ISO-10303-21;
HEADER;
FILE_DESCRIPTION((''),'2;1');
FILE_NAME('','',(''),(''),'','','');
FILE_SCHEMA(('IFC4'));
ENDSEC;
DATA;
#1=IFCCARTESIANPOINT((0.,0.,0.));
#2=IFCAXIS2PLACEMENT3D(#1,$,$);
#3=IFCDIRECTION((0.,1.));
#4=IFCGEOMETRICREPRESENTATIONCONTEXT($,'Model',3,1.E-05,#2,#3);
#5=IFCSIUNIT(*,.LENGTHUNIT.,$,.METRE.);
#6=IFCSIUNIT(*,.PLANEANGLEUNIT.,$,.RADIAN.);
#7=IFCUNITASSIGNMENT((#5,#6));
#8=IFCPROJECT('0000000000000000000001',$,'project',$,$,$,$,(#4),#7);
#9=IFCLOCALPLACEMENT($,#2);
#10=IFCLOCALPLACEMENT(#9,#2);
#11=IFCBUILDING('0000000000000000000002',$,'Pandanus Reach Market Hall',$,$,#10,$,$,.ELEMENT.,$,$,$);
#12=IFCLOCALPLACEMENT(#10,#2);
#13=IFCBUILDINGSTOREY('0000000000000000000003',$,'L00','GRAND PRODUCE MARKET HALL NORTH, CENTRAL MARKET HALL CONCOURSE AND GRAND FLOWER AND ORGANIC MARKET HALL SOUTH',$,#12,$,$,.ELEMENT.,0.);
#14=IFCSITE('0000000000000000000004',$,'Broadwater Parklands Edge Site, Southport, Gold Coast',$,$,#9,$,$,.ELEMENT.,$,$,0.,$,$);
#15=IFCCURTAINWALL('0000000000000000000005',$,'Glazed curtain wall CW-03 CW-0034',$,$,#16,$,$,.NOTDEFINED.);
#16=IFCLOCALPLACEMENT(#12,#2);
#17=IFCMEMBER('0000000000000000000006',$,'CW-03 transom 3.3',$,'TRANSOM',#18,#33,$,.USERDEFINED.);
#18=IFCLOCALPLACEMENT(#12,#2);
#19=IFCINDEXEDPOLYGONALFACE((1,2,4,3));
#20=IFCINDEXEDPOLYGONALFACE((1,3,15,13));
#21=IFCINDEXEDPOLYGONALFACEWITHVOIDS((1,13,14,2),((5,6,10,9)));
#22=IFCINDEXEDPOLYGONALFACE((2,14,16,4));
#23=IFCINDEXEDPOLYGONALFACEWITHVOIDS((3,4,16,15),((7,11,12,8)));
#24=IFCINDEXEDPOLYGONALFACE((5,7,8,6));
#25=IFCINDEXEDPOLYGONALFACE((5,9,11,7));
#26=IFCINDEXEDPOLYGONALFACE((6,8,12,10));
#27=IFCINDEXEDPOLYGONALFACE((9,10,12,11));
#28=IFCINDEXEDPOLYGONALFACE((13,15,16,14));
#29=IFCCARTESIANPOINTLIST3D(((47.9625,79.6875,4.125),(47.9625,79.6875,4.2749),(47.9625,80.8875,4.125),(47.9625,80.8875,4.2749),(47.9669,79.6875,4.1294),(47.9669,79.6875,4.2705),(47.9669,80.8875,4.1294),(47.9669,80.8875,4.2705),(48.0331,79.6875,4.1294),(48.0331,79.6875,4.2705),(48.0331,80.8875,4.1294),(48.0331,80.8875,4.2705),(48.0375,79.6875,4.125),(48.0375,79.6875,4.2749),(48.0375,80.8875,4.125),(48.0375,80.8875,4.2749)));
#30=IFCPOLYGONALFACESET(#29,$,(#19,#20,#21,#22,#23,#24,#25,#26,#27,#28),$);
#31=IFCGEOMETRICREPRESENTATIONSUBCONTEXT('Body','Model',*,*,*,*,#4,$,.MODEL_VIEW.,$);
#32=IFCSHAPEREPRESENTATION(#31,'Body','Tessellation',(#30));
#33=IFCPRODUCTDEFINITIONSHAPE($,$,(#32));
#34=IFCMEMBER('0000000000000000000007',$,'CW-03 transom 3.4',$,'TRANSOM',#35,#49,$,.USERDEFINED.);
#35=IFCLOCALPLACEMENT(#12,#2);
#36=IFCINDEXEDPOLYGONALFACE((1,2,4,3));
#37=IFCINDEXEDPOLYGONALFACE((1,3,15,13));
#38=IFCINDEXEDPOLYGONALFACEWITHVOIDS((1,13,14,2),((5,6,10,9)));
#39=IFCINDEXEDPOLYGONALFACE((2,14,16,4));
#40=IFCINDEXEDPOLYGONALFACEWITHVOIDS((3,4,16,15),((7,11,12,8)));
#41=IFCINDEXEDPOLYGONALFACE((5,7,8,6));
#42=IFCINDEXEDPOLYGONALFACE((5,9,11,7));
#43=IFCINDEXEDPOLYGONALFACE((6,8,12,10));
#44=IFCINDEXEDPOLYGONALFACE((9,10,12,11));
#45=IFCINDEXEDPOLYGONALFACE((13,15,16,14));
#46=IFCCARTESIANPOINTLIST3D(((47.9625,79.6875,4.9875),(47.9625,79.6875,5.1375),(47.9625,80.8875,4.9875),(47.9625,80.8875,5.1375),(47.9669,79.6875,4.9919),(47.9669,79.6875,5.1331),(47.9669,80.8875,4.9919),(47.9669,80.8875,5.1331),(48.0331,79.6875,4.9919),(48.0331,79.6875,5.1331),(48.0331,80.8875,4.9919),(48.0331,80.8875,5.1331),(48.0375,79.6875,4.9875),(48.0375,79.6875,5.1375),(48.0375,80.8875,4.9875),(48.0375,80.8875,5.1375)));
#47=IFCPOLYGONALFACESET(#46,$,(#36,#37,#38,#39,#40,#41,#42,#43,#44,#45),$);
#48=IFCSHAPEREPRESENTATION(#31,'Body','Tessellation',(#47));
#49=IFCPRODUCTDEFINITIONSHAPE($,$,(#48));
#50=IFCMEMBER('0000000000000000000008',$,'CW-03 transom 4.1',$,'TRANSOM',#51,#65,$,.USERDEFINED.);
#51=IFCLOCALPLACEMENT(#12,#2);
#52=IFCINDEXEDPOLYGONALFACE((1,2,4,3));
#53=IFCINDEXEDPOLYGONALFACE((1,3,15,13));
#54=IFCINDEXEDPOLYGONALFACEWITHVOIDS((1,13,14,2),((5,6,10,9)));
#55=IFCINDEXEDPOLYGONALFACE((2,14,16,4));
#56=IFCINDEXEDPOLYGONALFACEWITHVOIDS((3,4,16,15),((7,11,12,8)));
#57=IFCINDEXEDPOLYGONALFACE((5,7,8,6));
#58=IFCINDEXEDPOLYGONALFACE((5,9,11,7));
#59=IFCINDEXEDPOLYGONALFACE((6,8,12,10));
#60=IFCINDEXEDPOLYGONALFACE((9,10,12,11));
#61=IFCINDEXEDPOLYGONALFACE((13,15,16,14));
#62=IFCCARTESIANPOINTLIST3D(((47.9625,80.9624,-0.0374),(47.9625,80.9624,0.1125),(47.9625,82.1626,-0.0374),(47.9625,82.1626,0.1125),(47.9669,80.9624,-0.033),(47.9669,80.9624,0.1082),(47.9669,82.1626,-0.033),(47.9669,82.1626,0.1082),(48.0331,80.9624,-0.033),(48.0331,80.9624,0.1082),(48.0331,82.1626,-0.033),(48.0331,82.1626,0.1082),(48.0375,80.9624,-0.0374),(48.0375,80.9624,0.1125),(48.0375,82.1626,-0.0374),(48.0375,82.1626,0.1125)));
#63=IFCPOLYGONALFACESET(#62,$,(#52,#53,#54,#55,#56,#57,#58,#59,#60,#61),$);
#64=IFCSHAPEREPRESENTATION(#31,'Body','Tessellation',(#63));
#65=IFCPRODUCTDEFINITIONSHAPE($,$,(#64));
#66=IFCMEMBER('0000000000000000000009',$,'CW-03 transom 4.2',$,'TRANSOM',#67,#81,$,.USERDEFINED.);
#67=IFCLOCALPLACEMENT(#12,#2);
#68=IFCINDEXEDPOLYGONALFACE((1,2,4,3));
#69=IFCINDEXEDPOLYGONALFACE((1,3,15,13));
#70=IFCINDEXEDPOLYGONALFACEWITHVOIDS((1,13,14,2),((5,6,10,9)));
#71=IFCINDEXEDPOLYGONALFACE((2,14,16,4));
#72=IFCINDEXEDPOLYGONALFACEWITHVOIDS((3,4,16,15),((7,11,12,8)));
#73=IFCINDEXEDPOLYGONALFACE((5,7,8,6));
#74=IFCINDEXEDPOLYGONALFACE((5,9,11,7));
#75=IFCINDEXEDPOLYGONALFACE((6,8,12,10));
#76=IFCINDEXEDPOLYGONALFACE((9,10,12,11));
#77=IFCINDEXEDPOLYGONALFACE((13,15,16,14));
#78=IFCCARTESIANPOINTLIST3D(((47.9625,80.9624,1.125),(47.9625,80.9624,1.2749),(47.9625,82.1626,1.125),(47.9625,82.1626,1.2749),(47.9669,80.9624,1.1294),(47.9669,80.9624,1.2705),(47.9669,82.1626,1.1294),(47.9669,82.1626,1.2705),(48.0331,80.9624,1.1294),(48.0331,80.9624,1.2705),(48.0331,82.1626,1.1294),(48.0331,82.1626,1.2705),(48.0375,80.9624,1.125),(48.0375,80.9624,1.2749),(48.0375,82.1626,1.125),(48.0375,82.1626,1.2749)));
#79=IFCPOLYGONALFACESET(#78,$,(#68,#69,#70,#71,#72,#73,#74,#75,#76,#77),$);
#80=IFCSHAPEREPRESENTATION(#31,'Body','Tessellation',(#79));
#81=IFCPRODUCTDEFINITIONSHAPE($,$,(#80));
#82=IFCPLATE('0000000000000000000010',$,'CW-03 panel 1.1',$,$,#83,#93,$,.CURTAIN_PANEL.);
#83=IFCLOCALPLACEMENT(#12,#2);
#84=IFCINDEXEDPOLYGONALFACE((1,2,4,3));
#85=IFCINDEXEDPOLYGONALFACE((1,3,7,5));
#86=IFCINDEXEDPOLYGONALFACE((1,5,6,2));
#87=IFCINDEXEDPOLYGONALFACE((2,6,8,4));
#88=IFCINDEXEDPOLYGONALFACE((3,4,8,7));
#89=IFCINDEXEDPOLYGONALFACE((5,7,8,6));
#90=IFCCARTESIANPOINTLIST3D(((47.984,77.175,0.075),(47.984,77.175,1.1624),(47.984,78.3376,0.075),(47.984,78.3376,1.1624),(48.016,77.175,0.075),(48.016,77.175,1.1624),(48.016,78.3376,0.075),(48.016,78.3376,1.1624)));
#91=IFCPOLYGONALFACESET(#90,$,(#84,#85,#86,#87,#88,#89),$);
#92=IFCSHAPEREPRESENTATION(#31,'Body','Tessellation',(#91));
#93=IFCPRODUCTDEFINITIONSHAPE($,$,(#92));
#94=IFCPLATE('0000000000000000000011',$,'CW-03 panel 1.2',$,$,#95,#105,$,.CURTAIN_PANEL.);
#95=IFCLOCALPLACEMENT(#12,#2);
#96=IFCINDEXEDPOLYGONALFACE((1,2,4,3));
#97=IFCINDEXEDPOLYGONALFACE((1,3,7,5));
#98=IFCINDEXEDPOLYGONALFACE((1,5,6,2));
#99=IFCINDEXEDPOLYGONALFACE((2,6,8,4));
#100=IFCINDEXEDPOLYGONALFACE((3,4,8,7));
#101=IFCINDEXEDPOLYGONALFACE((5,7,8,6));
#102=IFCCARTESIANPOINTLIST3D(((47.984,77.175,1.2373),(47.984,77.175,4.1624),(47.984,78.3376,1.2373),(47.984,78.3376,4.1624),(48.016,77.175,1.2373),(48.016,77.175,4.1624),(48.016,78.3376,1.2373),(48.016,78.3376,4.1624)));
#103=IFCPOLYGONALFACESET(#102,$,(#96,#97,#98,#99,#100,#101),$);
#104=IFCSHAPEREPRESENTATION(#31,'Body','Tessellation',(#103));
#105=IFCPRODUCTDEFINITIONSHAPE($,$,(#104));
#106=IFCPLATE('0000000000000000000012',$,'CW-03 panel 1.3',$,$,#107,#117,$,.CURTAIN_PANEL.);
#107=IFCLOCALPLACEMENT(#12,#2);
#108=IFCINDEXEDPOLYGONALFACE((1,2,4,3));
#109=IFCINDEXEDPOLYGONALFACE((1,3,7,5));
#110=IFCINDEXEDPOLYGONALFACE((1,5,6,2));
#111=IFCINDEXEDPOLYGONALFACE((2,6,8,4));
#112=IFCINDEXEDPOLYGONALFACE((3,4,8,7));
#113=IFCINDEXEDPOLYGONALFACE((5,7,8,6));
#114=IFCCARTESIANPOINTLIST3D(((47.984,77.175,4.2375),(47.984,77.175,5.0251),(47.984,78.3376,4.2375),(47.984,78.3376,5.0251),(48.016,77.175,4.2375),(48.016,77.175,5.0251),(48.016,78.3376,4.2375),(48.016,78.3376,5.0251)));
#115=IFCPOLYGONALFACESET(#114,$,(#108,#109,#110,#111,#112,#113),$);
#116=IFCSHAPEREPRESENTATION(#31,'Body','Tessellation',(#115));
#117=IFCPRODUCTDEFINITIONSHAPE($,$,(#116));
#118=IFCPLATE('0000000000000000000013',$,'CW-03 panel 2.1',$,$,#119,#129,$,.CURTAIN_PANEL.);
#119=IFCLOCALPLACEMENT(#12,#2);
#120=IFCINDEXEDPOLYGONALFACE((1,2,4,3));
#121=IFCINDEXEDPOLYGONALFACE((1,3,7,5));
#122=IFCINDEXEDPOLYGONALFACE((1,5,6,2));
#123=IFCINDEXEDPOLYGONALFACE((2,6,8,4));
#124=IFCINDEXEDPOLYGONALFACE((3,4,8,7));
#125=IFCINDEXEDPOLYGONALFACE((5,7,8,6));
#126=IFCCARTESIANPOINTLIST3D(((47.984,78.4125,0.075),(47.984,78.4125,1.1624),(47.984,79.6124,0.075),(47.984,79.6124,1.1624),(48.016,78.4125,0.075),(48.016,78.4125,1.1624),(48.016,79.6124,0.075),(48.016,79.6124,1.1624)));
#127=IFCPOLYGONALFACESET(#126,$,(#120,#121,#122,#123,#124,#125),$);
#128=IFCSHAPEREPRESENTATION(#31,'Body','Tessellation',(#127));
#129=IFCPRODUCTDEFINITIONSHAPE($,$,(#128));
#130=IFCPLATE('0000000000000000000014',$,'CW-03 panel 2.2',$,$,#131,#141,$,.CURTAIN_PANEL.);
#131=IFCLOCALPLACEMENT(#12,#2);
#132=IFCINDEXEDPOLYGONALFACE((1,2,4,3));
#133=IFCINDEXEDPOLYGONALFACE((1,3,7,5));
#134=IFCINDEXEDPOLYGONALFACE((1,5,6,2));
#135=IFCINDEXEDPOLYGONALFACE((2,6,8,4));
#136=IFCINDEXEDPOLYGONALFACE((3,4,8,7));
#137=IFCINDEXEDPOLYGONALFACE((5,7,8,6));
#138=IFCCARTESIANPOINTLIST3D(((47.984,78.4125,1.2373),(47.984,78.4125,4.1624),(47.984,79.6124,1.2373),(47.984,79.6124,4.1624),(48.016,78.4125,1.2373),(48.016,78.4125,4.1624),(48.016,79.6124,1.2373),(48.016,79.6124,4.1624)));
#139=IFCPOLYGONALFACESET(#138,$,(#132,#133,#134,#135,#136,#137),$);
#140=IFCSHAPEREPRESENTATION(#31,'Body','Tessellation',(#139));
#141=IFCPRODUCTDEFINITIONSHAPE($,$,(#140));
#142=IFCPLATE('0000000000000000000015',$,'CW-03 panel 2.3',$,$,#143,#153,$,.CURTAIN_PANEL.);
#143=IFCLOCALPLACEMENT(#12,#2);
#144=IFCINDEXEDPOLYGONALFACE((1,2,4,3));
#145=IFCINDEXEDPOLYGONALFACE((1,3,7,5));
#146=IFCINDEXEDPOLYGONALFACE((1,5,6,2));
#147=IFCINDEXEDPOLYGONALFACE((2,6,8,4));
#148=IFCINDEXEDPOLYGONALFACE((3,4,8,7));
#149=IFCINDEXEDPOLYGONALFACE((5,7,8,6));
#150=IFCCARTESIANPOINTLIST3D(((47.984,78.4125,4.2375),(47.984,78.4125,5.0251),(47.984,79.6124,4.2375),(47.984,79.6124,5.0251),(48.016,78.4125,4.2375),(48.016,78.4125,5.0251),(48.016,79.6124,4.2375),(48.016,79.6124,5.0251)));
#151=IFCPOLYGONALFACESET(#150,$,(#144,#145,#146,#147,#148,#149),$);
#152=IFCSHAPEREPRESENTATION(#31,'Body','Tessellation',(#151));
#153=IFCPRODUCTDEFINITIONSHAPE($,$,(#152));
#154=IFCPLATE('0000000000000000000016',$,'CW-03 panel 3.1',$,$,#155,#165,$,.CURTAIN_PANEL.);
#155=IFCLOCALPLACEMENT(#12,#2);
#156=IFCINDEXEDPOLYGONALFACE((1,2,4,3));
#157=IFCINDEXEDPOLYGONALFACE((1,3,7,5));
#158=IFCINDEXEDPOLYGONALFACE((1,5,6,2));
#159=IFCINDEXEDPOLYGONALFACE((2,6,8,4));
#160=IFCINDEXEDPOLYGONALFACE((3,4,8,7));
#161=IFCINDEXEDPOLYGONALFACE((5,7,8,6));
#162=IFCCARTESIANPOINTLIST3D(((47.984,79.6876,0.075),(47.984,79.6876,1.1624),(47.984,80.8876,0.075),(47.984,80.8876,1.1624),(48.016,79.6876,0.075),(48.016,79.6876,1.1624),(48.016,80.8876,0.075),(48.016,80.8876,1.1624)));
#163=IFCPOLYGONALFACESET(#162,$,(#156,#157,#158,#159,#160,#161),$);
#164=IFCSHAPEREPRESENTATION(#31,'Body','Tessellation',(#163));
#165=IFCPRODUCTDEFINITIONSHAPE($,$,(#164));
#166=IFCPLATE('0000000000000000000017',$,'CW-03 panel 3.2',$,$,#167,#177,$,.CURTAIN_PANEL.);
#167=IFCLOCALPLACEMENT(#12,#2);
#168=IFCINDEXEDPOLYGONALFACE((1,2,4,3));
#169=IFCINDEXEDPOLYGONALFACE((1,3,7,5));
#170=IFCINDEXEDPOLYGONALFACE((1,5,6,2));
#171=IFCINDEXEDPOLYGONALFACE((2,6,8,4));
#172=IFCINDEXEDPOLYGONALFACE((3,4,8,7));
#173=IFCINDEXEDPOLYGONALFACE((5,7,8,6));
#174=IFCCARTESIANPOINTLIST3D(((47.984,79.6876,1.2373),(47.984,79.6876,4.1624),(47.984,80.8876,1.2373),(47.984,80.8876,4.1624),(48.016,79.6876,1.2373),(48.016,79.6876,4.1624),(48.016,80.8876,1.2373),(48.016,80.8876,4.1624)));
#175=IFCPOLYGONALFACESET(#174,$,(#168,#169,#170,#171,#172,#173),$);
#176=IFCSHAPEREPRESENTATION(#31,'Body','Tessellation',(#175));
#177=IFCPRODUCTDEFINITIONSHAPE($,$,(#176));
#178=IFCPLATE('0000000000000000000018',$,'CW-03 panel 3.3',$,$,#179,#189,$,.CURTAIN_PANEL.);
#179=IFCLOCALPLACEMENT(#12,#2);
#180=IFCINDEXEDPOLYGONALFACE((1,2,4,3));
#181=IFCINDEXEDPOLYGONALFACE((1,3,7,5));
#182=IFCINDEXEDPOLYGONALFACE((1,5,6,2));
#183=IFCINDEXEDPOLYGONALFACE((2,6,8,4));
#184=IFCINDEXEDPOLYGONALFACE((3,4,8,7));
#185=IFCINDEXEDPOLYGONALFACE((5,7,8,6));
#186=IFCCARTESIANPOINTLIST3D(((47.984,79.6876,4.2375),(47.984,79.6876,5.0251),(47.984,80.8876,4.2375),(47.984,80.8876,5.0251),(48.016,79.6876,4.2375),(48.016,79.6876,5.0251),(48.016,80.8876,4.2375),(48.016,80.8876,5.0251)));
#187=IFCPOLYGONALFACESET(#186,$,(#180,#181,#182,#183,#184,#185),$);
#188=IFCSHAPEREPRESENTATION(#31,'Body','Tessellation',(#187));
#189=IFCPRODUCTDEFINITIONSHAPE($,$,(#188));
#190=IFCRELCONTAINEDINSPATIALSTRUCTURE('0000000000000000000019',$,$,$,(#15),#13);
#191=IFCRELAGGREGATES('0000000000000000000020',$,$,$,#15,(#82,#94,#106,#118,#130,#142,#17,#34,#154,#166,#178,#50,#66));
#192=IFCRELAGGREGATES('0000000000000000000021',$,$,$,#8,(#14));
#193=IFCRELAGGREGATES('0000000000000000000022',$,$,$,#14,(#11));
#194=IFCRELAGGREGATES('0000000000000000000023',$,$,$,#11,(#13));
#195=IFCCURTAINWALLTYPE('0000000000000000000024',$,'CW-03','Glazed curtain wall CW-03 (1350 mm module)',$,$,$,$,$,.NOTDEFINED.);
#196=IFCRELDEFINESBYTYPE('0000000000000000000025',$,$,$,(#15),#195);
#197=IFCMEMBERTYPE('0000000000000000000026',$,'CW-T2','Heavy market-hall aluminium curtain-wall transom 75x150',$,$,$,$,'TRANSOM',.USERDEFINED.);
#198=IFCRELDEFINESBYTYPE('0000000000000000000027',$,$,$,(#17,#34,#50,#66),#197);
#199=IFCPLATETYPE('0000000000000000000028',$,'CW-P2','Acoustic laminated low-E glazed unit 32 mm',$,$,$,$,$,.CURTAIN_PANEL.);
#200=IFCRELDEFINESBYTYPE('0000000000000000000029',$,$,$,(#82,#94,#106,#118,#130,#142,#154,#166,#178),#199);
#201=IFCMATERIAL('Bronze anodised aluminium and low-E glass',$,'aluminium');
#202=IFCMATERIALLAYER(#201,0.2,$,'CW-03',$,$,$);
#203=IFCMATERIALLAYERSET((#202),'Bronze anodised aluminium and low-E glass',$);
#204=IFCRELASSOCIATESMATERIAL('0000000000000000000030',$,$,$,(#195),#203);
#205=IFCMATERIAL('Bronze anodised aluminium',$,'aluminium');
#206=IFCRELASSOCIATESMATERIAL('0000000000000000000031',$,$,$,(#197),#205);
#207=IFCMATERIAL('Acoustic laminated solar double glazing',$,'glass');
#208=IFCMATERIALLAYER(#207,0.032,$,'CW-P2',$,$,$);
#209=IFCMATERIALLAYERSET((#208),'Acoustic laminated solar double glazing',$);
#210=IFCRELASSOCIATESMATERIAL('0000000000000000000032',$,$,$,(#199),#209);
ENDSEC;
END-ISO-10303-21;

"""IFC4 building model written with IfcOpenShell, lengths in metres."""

from ifc_helpers import new_model, si_unit, direction, frame, origin, origin_2d, place, context, subcontext, project, spatial, rectangle, hollow_rectangle, extrude, material, layer, layer_set, material_profile, profile_set, type_object, element, aggregate, save


model = new_model("IFC4")

# Units and contexts
model_context = context("Model", 3, precision=1e-05, world=origin(), true_north=direction((0.0, 1.0)))
body_context = subcontext(model_context, "Body", "Model", "MODEL_VIEW")
ifc_project = project(units=[si_unit("LENGTHUNIT", "METRE"), si_unit("PLANEANGLEUNIT", "RADIAN")], contexts=[model_context])

# Site, building, storey
site_placement = place(None, origin())
site = spatial("IfcSite", under=ifc_project, at=site_placement, Name="Broadwater Parklands Edge Site, Southport, Gold Coast", CompositionType="ELEMENT", RefElevation=0.0)
building_placement = place(site_placement, origin())
building = spatial("IfcBuilding", under=site, at=building_placement, Name="Pandanus Reach Market Hall", CompositionType="ELEMENT")
storey_placement = place(building_placement, origin())
storey = spatial("IfcBuildingStorey", under=building, at=storey_placement, Name="L00", Description="GRAND PRODUCE MARKET HALL NORTH, CENTRAL MARKET HALL CONCOURSE AND GRAND FLOWER AND ORGANIC MARKET HALL SOUTH", CompositionType="ELEMENT", Elevation=0.0)

# Curtain wall, members, plates
ifc_material_1 = material(Name="Bronze anodised aluminium and low-E glass", Category="aluminium")
ifc_layer_1 = layer(ifc_material_1, 0.2, Name="CW-03")
ifc_layer_set_1 = layer_set([ifc_layer_1], Name="Bronze anodised aluminium and low-E glass")
curtain_wall_type = type_object("IfcCurtainWallType", Name="CW-03", Description="Glazed curtain wall CW-03 (1350 mm module)", PredefinedType="NOTDEFINED", material=ifc_layer_set_1)
curtain_wall_placement = place(storey_placement, origin())
curtain_wall = element("IfcCurtainWall", 1, at=curtain_wall_placement, inside=storey, type_object=curtain_wall_type, Name="Glazed curtain wall CW-03 CW-0034", PredefinedType="NOTDEFINED")
ifc_material_2 = material(Name="Bronze anodised aluminium", Category="aluminium")
ifc_material_profile_1 = material_profile(ifc_material_2, hollow_rectangle(XDim=0.075, YDim=0.1499, WallThickness=0.0044, at=origin_2d()), Name="ALU75x150", Category="LoadBearing")
ifc_profile_set_1 = profile_set([ifc_material_profile_1], Name="Bronze anodised aluminium")
member_type_1 = type_object("IfcMemberType", Name="CW-T2", Description="Heavy market-hall aluminium curtain-wall transom 75x150", ElementType="TRANSOM", PredefinedType="USERDEFINED", material=ifc_profile_set_1)
member_1_placement = place(storey_placement, frame((48.0, 79.6875, 4.2), z_axis=(0.0, 1.0, 0.0), x_axis=(-1.0, 0.0, 0.0)))
member_1 = element("IfcMember", 2, at=member_1_placement, type_object=member_type_1, Name="CW-03 transom 3.3", ObjectType="TRANSOM", PredefinedType="USERDEFINED", context=body_context, shape_type="SweptSolid", body=[
    extrude(hollow_rectangle(XDim=0.075, YDim=0.1499, WallThickness=0.0044, at=origin_2d()), origin(), (0.0, 0.0, 1.0), 1.2),
])
member_2_placement = place(storey_placement, frame((48.0, 79.6875, 5.0625), z_axis=(0.0, 1.0, 0.0), x_axis=(-1.0, 0.0, 0.0)))
member_2 = element("IfcMember", 3, at=member_2_placement, type_object=member_type_1, Name="CW-03 transom 3.4", ObjectType="TRANSOM", PredefinedType="USERDEFINED", context=body_context, shape_type="SweptSolid", body=[
    extrude(hollow_rectangle(XDim=0.075, YDim=0.1499, WallThickness=0.0044, at=origin_2d()), origin(), (0.0, 0.0, 1.0), 1.2),
])
member_3_placement = place(storey_placement, frame((48.0, 80.9624, 0.0376), z_axis=(0.0, 1.0, 0.0), x_axis=(-1.0, 0.0, 0.0)))
member_3 = element("IfcMember", 4, at=member_3_placement, type_object=member_type_1, Name="CW-03 transom 4.1", ObjectType="TRANSOM", PredefinedType="USERDEFINED", context=body_context, shape_type="SweptSolid", body=[
    extrude(hollow_rectangle(XDim=0.075, YDim=0.1499, WallThickness=0.0044, at=origin_2d()), origin(), (0.0, 0.0, 1.0), 1.2002),
])
member_4_placement = place(storey_placement, frame((48.0, 80.9624, 1.2), z_axis=(0.0, 1.0, 0.0), x_axis=(-1.0, 0.0, 0.0)))
member_4 = element("IfcMember", 5, at=member_4_placement, type_object=member_type_1, Name="CW-03 transom 4.2", ObjectType="TRANSOM", PredefinedType="USERDEFINED", context=body_context, shape_type="SweptSolid", body=[
    extrude(hollow_rectangle(XDim=0.075, YDim=0.1499, WallThickness=0.0044, at=origin_2d()), origin(), (0.0, 0.0, 1.0), 1.2002),
])
ifc_material_3 = material(Name="Acoustic laminated solar double glazing", Category="glass")
ifc_layer_2 = layer(ifc_material_3, 0.032, Name="CW-P2")
ifc_layer_set_2 = layer_set([ifc_layer_2], Name="Acoustic laminated solar double glazing")
plate_type = type_object("IfcPlateType", Name="CW-P2", Description="Acoustic laminated low-E glazed unit 32 mm", PredefinedType="CURTAIN_PANEL", material=ifc_layer_set_2)
plate_1_placement = place(storey_placement, frame((48.0, 77.7563, 0.075), z_axis=(0.0, 0.0, 1.0), x_axis=(0.0, 1.0, 0.0)))
plate_1 = element("IfcPlate", 6, at=plate_1_placement, type_object=plate_type, Name="CW-03 panel 1.1", PredefinedType="CURTAIN_PANEL", context=body_context, shape_type="SweptSolid", body=[
    extrude(rectangle(XDim=1.1626, YDim=0.032, at=origin_2d()), origin(), (0.0, 0.0, 1.0), 1.0874),
])
plate_2_placement = place(storey_placement, frame((48.0, 77.7563, 1.2373), z_axis=(0.0, 0.0, 1.0), x_axis=(0.0, 1.0, 0.0)))
plate_2 = element("IfcPlate", 7, at=plate_2_placement, type_object=plate_type, Name="CW-03 panel 1.2", PredefinedType="CURTAIN_PANEL", context=body_context, shape_type="SweptSolid", body=[
    extrude(rectangle(XDim=1.1626, YDim=0.032, at=origin_2d()), origin(), (0.0, 0.0, 1.0), 2.925),
])
plate_3_placement = place(storey_placement, frame((48.0, 77.7563, 4.2375), z_axis=(0.0, 0.0, 1.0), x_axis=(0.0, 1.0, 0.0)))
plate_3 = element("IfcPlate", 8, at=plate_3_placement, type_object=plate_type, Name="CW-03 panel 1.3", PredefinedType="CURTAIN_PANEL", context=body_context, shape_type="SweptSolid", body=[
    extrude(rectangle(XDim=1.1626, YDim=0.032, at=origin_2d()), origin(), (0.0, 0.0, 1.0), 0.7876),
])
plate_4_placement = place(storey_placement, frame((48.0, 79.0125, 0.075), z_axis=(0.0, 0.0, 1.0), x_axis=(0.0, 1.0, 0.0)))
plate_4 = element("IfcPlate", 9, at=plate_4_placement, type_object=plate_type, Name="CW-03 panel 2.1", PredefinedType="CURTAIN_PANEL", context=body_context, shape_type="SweptSolid", body=[
    extrude(rectangle(XDim=1.2, YDim=0.032, at=origin_2d()), origin(), (0.0, 0.0, 1.0), 1.0874),
])
plate_5_placement = place(storey_placement, frame((48.0, 79.0125, 1.2373), z_axis=(0.0, 0.0, 1.0), x_axis=(0.0, 1.0, 0.0)))
plate_5 = element("IfcPlate", 10, at=plate_5_placement, type_object=plate_type, Name="CW-03 panel 2.2", PredefinedType="CURTAIN_PANEL", context=body_context, shape_type="SweptSolid", body=[
    extrude(rectangle(XDim=1.2, YDim=0.032, at=origin_2d()), origin(), (0.0, 0.0, 1.0), 2.925),
])
plate_6_placement = place(storey_placement, frame((48.0, 79.0125, 4.2375), z_axis=(0.0, 0.0, 1.0), x_axis=(0.0, 1.0, 0.0)))
plate_6 = element("IfcPlate", 11, at=plate_6_placement, type_object=plate_type, Name="CW-03 panel 2.3", PredefinedType="CURTAIN_PANEL", context=body_context, shape_type="SweptSolid", body=[
    extrude(rectangle(XDim=1.2, YDim=0.032, at=origin_2d()), origin(), (0.0, 0.0, 1.0), 0.7876),
])
plate_7_placement = place(storey_placement, frame((48.0, 80.2876, 0.075), z_axis=(0.0, 0.0, 1.0), x_axis=(0.0, 1.0, 0.0)))
plate_7 = element("IfcPlate", 12, at=plate_7_placement, type_object=plate_type, Name="CW-03 panel 3.1", PredefinedType="CURTAIN_PANEL", context=body_context, shape_type="SweptSolid", body=[
    extrude(rectangle(XDim=1.2, YDim=0.032, at=origin_2d()), origin(), (0.0, 0.0, 1.0), 1.0874),
])
plate_8_placement = place(storey_placement, frame((48.0, 80.2876, 1.2373), z_axis=(0.0, 0.0, 1.0), x_axis=(0.0, 1.0, 0.0)))
plate_8 = element("IfcPlate", 13, at=plate_8_placement, type_object=plate_type, Name="CW-03 panel 3.2", PredefinedType="CURTAIN_PANEL", context=body_context, shape_type="SweptSolid", body=[
    extrude(rectangle(XDim=1.2, YDim=0.032, at=origin_2d()), origin(), (0.0, 0.0, 1.0), 2.925),
])
plate_9_placement = place(storey_placement, frame((48.0, 80.2876, 4.2375), z_axis=(0.0, 0.0, 1.0), x_axis=(0.0, 1.0, 0.0)))
plate_9 = element("IfcPlate", 14, at=plate_9_placement, type_object=plate_type, Name="CW-03 panel 3.3", PredefinedType="CURTAIN_PANEL", context=body_context, shape_type="SweptSolid", body=[
    extrude(rectangle(XDim=1.2, YDim=0.032, at=origin_2d()), origin(), (0.0, 0.0, 1.0), 0.7876),
])
aggregate(curtain_wall, [plate_1, plate_2, plate_3, plate_4, plate_5, plate_6, member_1, member_2, plate_7, plate_8, plate_9, member_3, member_4])

save(model, "model.ifc")
